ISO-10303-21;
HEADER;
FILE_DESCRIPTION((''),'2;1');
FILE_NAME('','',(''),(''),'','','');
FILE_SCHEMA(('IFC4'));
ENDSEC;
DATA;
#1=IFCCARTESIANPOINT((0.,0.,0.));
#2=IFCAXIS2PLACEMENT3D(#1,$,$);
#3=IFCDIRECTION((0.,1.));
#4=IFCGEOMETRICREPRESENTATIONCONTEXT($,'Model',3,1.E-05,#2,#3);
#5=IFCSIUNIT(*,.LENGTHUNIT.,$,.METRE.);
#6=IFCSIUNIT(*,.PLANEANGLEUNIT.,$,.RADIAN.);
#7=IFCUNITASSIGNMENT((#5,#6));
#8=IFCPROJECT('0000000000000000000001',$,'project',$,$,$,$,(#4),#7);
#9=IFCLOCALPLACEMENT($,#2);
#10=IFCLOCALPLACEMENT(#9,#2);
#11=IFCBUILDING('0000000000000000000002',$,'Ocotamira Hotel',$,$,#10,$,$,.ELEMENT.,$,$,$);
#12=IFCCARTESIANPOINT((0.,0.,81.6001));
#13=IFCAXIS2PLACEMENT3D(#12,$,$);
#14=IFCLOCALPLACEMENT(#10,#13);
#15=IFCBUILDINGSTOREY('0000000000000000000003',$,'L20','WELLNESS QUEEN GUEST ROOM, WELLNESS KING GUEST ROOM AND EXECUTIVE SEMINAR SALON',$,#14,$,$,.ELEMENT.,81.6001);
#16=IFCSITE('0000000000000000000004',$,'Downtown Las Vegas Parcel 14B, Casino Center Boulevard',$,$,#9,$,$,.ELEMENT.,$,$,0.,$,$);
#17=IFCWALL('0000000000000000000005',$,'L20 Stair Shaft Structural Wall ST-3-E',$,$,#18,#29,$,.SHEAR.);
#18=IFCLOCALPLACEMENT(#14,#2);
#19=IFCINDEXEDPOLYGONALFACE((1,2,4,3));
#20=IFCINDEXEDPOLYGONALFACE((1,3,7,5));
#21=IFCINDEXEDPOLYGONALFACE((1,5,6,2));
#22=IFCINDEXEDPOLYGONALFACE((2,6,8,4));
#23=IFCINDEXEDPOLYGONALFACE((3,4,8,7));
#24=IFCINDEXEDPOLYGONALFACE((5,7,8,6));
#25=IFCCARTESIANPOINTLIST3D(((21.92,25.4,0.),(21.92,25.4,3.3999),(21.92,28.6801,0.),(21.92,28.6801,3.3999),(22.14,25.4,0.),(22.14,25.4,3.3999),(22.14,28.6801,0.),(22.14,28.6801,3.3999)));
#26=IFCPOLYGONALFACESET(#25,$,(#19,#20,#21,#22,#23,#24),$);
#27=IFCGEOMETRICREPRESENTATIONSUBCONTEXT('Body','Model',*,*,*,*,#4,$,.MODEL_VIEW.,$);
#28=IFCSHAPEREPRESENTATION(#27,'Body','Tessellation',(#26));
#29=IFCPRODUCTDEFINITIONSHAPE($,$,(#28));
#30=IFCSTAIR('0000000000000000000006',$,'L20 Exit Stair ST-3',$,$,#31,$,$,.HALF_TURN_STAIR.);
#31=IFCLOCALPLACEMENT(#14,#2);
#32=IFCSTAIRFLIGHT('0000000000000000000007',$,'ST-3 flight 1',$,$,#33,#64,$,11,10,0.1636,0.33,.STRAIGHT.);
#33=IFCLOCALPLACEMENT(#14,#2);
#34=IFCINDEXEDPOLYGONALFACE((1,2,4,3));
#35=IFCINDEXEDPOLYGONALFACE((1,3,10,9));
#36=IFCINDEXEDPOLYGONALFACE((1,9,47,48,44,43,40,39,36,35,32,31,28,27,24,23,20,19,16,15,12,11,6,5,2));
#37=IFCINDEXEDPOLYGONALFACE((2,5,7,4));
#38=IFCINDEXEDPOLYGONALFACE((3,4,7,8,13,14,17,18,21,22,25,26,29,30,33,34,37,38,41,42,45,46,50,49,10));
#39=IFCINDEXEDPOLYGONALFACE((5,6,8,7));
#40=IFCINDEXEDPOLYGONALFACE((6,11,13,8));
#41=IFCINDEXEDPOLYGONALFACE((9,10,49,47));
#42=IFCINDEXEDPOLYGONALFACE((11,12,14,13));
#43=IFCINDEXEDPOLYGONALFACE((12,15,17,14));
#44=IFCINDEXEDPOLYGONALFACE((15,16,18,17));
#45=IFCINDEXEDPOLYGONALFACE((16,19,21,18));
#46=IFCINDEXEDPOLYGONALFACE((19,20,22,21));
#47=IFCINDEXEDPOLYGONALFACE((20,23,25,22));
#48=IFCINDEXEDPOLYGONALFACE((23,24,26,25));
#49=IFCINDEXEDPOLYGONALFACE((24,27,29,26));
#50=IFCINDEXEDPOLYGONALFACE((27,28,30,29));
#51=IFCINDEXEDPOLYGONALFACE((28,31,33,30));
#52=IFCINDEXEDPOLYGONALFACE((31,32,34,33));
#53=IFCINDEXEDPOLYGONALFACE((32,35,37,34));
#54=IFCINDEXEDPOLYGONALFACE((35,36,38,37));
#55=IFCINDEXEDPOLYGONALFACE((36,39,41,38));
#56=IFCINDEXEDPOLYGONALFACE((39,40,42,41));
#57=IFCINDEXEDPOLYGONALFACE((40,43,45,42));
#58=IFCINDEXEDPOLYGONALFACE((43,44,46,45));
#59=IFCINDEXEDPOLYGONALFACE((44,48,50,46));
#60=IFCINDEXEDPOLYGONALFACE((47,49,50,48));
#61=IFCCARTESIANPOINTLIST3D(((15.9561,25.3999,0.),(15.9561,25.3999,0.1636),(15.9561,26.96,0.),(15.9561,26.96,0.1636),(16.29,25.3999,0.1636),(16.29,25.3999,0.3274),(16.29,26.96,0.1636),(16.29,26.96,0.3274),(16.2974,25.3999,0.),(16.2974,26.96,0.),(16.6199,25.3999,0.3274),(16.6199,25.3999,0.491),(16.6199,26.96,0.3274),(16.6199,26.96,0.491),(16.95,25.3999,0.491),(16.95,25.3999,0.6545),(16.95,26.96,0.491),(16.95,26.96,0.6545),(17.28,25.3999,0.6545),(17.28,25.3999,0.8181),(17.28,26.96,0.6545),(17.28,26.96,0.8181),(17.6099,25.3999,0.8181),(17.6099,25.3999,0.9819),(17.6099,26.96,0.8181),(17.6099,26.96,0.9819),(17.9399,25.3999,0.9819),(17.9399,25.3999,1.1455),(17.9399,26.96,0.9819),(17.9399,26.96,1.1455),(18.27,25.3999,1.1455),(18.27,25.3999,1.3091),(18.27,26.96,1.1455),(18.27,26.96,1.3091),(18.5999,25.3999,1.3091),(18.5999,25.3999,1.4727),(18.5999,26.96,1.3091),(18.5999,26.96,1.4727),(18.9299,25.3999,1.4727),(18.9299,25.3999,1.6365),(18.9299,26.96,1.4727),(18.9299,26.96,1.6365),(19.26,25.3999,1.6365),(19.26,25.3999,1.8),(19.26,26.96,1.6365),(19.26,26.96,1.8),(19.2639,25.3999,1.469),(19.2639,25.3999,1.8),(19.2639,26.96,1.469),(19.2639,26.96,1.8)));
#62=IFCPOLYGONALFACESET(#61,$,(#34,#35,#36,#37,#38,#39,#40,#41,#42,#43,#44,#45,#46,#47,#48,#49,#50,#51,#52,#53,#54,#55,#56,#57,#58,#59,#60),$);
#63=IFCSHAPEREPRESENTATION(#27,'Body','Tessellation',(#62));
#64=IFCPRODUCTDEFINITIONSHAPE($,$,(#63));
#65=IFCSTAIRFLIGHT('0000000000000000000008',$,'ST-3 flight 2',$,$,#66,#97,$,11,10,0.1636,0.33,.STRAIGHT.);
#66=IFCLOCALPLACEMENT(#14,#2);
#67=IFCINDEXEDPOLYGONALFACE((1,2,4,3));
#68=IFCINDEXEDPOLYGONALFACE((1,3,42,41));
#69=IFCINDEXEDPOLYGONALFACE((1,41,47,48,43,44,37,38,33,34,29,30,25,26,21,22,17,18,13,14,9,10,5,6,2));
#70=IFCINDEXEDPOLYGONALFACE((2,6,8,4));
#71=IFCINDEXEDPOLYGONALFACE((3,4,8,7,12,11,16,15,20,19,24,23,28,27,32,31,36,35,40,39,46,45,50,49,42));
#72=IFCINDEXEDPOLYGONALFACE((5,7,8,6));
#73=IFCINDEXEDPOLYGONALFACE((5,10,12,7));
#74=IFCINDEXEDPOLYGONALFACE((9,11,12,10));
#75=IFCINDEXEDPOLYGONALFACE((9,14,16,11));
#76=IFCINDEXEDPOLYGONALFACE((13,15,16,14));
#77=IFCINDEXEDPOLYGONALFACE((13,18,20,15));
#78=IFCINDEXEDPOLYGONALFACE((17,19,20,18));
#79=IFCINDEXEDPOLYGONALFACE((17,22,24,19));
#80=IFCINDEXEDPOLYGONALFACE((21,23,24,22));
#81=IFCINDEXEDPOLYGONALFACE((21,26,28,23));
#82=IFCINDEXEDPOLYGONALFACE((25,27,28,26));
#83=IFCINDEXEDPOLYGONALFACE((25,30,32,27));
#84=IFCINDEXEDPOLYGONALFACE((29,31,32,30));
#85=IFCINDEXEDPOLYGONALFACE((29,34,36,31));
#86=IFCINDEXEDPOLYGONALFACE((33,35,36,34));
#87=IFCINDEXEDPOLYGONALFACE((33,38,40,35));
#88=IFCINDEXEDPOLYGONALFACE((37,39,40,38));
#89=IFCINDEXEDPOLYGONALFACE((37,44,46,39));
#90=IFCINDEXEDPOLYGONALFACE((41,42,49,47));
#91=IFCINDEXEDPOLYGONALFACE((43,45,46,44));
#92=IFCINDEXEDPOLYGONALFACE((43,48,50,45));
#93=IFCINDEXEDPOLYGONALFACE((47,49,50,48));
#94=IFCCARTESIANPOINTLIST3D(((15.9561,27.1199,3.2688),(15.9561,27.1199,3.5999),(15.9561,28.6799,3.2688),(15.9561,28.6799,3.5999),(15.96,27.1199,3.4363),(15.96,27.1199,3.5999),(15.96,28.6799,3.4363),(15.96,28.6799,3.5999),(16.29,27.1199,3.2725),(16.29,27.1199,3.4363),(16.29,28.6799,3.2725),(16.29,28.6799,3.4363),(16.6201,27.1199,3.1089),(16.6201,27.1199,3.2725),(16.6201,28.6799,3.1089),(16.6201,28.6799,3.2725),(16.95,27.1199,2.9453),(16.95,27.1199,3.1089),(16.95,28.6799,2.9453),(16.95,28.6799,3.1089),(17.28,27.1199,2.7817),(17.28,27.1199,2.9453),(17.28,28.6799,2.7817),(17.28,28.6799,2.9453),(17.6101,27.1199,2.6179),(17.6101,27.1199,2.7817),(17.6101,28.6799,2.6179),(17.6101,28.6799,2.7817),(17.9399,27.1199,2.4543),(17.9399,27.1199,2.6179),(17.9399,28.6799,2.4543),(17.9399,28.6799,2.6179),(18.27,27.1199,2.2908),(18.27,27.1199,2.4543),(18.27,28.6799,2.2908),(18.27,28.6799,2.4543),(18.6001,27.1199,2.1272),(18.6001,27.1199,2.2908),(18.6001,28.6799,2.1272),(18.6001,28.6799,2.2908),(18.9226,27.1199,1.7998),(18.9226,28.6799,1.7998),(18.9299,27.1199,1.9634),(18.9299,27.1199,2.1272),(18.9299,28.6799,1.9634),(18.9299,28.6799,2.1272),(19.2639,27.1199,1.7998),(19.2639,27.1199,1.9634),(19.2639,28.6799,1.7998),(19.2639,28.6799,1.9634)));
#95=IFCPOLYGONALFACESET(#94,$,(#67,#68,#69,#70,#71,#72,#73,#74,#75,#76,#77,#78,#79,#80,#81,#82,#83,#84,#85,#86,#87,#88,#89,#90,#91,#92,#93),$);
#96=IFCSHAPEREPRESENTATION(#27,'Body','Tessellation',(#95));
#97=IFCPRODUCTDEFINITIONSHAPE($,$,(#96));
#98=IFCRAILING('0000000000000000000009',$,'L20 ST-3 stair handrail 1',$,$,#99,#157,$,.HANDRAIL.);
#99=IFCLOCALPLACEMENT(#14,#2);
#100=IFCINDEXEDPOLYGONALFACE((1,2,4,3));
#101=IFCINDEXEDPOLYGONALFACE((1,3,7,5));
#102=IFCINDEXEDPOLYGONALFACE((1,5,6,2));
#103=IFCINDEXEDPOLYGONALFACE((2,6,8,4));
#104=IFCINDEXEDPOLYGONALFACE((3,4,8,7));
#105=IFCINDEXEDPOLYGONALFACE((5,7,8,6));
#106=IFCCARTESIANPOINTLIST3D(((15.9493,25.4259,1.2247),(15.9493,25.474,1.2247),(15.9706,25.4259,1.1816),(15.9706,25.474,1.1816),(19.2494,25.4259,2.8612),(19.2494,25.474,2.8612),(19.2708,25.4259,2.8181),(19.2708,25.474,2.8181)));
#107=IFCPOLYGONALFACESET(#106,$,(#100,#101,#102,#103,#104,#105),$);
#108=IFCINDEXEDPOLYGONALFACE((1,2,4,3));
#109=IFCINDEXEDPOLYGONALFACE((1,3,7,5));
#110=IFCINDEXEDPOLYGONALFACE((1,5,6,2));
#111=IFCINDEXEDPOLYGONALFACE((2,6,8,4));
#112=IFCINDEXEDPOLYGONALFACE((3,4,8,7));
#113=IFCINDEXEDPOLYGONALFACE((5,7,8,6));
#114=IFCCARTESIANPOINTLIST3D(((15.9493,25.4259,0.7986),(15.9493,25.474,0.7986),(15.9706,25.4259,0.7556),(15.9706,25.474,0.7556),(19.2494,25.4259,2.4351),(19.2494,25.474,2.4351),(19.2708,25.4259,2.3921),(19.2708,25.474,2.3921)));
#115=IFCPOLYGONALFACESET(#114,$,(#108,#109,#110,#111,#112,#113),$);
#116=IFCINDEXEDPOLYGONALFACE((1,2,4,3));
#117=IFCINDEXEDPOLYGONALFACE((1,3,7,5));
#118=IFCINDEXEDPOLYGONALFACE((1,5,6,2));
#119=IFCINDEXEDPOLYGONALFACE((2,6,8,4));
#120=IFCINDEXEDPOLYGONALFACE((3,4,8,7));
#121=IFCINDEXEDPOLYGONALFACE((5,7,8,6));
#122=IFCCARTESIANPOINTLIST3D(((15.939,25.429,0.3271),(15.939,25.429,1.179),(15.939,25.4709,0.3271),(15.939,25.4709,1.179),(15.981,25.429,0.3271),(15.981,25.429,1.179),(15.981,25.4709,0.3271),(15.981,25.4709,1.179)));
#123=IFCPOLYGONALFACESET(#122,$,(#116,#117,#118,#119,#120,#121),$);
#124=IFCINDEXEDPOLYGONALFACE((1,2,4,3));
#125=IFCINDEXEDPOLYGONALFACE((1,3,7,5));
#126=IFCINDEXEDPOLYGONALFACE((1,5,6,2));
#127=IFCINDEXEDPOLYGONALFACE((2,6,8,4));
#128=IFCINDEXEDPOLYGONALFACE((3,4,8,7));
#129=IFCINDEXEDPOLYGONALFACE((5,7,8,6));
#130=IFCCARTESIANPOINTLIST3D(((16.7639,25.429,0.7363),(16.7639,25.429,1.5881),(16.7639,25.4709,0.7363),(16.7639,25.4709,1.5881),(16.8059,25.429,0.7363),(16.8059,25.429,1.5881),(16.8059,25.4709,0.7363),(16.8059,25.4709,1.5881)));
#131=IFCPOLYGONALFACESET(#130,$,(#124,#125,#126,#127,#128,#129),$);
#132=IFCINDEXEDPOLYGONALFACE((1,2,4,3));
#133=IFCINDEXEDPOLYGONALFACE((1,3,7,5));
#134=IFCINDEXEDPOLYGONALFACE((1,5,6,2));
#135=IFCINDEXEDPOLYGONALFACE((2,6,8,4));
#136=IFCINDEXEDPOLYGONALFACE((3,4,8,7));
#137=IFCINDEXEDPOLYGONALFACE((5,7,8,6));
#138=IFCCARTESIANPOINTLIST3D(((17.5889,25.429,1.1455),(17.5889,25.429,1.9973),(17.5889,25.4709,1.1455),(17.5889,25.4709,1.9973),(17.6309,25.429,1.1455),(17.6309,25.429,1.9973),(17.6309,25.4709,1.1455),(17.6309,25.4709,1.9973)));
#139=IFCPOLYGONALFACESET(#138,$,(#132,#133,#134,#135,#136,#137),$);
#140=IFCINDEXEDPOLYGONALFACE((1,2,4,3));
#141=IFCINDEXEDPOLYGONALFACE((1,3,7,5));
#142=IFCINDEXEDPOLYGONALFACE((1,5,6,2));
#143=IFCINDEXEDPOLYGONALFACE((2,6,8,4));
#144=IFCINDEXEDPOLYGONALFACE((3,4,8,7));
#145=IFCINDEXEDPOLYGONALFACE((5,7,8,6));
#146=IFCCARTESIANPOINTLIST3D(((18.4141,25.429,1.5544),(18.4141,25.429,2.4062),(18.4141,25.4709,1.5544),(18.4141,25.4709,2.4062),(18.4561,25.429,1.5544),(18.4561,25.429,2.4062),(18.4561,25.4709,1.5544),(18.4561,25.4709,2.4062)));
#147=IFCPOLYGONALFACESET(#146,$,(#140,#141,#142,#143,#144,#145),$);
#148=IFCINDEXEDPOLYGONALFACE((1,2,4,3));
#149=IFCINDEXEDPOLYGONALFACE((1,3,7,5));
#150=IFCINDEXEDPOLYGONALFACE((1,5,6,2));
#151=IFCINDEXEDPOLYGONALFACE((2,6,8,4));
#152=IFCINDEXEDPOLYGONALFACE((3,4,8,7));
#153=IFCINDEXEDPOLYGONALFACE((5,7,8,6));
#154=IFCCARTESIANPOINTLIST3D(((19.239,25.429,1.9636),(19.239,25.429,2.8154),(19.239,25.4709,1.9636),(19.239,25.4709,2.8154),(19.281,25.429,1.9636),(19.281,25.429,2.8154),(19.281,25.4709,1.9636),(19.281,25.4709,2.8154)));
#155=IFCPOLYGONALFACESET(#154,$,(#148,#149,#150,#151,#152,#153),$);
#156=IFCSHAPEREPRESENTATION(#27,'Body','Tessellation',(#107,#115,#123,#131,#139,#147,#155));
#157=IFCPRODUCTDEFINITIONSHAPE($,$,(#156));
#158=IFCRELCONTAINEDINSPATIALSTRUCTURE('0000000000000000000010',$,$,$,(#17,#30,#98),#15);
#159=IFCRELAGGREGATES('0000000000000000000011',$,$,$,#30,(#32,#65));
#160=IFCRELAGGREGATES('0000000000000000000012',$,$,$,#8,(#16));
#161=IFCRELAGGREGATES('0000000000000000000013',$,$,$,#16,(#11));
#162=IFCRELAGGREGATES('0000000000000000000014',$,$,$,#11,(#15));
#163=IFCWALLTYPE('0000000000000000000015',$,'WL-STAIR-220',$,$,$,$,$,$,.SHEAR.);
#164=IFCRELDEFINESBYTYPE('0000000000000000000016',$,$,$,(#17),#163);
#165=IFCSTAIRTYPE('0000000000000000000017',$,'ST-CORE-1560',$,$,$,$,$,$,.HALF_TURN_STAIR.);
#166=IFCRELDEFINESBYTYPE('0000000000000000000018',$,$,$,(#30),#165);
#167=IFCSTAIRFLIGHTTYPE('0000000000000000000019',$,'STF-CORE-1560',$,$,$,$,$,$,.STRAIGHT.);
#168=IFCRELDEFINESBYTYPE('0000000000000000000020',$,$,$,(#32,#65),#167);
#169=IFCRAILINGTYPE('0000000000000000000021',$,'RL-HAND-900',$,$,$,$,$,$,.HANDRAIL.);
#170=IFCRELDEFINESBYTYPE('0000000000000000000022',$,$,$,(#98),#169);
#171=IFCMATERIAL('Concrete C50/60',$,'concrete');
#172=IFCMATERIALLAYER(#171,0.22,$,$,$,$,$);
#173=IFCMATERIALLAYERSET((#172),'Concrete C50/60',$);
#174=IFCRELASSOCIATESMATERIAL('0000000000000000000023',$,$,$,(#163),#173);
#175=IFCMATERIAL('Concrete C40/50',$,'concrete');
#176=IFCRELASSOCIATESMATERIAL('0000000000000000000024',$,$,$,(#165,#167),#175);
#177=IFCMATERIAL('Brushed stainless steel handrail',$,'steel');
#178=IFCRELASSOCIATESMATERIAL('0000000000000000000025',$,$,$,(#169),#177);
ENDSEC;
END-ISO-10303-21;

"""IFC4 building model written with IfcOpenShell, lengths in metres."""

from ifc_helpers import new_model, si_unit, direction, frame, frame_2d, origin, origin_2d, place, context, subcontext, project, spatial, polyline, rectangle, outline, extrude, source, transform, mapped, material, layer, layer_set, type_object, element, aggregate, save


model = new_model("IFC4")

# Units and contexts
model_context = context("Model", 3, precision=1e-05, world=origin(), true_north=direction((0.0, 1.0)))
body_context = subcontext(model_context, "Body", "Model", "MODEL_VIEW")
ifc_project = project(units=[si_unit("LENGTHUNIT", "METRE"), si_unit("PLANEANGLEUNIT", "RADIAN")], contexts=[model_context])

# Site, building, storey
site_placement = place(None, origin())
site = spatial("IfcSite", under=ifc_project, at=site_placement, Name="Downtown Las Vegas Parcel 14B, Casino Center Boulevard", CompositionType="ELEMENT", RefElevation=0.0)
building_placement = place(site_placement, origin())
building = spatial("IfcBuilding", under=site, at=building_placement, Name="Ocotamira Hotel", CompositionType="ELEMENT")
storey_placement = place(building_placement, frame((0.0, 0.0, 81.6001)))
storey = spatial("IfcBuildingStorey", under=building, at=storey_placement, Name="L20", Description="WELLNESS QUEEN GUEST ROOM, WELLNESS KING GUEST ROOM AND EXECUTIVE SEMINAR SALON", CompositionType="ELEMENT", Elevation=81.6001)

# Shared definitions
ifc_material_1 = material(Name="Concrete C50/60", Category="concrete")
ifc_layer_1 = layer(ifc_material_1, 0.22)
ifc_layer_set_1 = layer_set([ifc_layer_1], Name="Concrete C50/60")
wall_type_1 = type_object("IfcWallType", Name="WL-STAIR-220", PredefinedType="SHEAR", material=ifc_layer_set_1)

# Wall
for number, where, z_axis, x_axis, name in (
    (1, (22.03, 25.3999, 0.0), (0.0, 0.0, 1.0), (0.0, 1.0, 0.0), "L20 Stair Shaft Structural Wall ST-3-E"),
):
    element("IfcWall", number, at=place(storey_placement, frame(where, z_axis=z_axis, x_axis=x_axis)), inside=storey, type_object=wall_type_1, Name=name, PredefinedType="SHEAR", context=body_context, shape_type="SweptSolid", body=[
        extrude(rectangle(XDim=3.28, YDim=0.22, at=frame_2d((1.6401, 0.0))), origin(), (0.0, 0.0, 1.0), 3.3999),
    ])

# Stair, stair flights
ifc_material_2 = material(Name="Concrete C40/50", Category="concrete")
stair_type = type_object("IfcStairType", Name="ST-CORE-1560", PredefinedType="HALF_TURN_STAIR", material=ifc_material_2)
stair_placement = place(storey_placement, origin())
stair = element("IfcStair", 2, at=stair_placement, inside=storey, type_object=stair_type, Name="L20 Exit Stair ST-3", PredefinedType="HALF_TURN_STAIR")
stair_flight_type = type_object("IfcStairFlightType", Name="STF-CORE-1560", PredefinedType="STRAIGHT", material=ifc_material_2)
shared_shape_1 = source(origin(), body_context, "Body", "SweptSolid", [
    extrude(outline(polyline([(-0.0039, 0.0), (-0.0039, 0.1636), (0.3301, 0.1636), (0.3301, 0.3274), (0.6599, 0.3274), (0.6599, 0.491), (0.99, 0.491), (0.99, 0.6545), (1.3201, 0.6545), (1.3201, 0.8181), (1.6499, 0.8181), (1.6499, 0.9819), (1.98, 0.9819), (1.98, 1.1455), (2.3101, 1.1455), (2.3101, 1.3091), (2.6399, 1.3091), (2.6399, 1.4727), (2.97, 1.4727), (2.97, 1.6365), (3.3, 1.6365), (3.3, 1.8), (3.304, 1.8), (3.304, 1.469), (0.3374, 0.0), (-0.0039, 0.0)])), frame((0.0, 0.78, 0.0), z_axis=(0.0, -1.0, 0.0), x_axis=(1.0, 0.0, 0.0)), (0.0, 0.0, 1.0), 1.5601),
])
stair_flight_1_placement = place(storey_placement, frame((15.96, 26.1799, 0.0), z_axis=(0.0, 0.0, 1.0), x_axis=(1.0, 0.0, 0.0)))
stair_flight_1 = element("IfcStairFlight", 3, at=stair_flight_1_placement, type_object=stair_flight_type, Name="ST-3 flight 1", NumberOfRisers=11, NumberOfTreads=10, PredefinedType="STRAIGHT", RiserHeight=0.1636, TreadLength=0.33, context=body_context, shape_type="MappedRepresentation", body=[
    mapped(shared_shape_1, transform((0.0, 0.0, 0.0), scale=1.0)),
])
stair_flight_2_placement = place(storey_placement, frame((19.26, 27.8999, 1.7998), z_axis=(0.0, 0.0, 1.0), x_axis=(-1.0, 0.0, 0.0)))
stair_flight_2 = element("IfcStairFlight", 4, at=stair_flight_2_placement, type_object=stair_flight_type, Name="ST-3 flight 2", NumberOfRisers=11, NumberOfTreads=10, PredefinedType="STRAIGHT", RiserHeight=0.1636, TreadLength=0.33, context=body_context, shape_type="MappedRepresentation", body=[
    mapped(shared_shape_1, transform((0.0, 0.0, 0.0), scale=1.0)),
])
aggregate(stair, [stair_flight_1, stair_flight_2])

# Railing
ifc_material_3 = material(Name="Brushed stainless steel handrail", Category="steel")
railing_type_1 = type_object("IfcRailingType", Name="RL-HAND-900", PredefinedType="HANDRAIL", material=ifc_material_3)
railing_1_placement = place(storey_placement, frame((15.96, 25.45, 0.3271)))
element("IfcRailing", 5, at=railing_1_placement, inside=storey, type_object=railing_type_1, Name="L20 ST-3 stair handrail 1", PredefinedType="HANDRAIL", context=body_context, shape_type="SweptSolid", body=[
    extrude(rectangle(XDim=0.0481, YDim=0.0481, at=origin_2d()), frame((0.0, 0.0, 0.876), z_axis=(0.895894, 0.0, 0.444268), x_axis=(0.0, 1.0, 0.0)), (0.0, 0.0, 1.0), 3.6836),
    extrude(rectangle(XDim=0.0481, YDim=0.0481, at=origin_2d()), frame((0.0, 0.0, 0.45), z_axis=(0.895894, 0.0, 0.444268), x_axis=(0.0, 1.0, 0.0)), (0.0, 0.0, 1.0), 3.6836),
    extrude(rectangle(XDim=0.042, YDim=0.042, at=origin_2d()), origin(), (0.0, 0.0, 1.0), 0.8518),
    extrude(rectangle(XDim=0.042, YDim=0.042, at=origin_2d()), frame((0.825, 0.0, 0.4092)), (0.0, 0.0, 1.0), 0.8518),
    extrude(rectangle(XDim=0.042, YDim=0.042, at=origin_2d()), frame((1.6499, 0.0, 0.8184)), (0.0, 0.0, 1.0), 0.8518),
    extrude(rectangle(XDim=0.042, YDim=0.042, at=origin_2d()), frame((2.4751, 0.0, 1.2273)), (0.0, 0.0, 1.0), 0.8518),
    extrude(rectangle(XDim=0.042, YDim=0.042, at=origin_2d()), frame((3.3, 0.0, 1.6365)), (0.0, 0.0, 1.0), 0.8518),
])

save(model, "model.ifc")
